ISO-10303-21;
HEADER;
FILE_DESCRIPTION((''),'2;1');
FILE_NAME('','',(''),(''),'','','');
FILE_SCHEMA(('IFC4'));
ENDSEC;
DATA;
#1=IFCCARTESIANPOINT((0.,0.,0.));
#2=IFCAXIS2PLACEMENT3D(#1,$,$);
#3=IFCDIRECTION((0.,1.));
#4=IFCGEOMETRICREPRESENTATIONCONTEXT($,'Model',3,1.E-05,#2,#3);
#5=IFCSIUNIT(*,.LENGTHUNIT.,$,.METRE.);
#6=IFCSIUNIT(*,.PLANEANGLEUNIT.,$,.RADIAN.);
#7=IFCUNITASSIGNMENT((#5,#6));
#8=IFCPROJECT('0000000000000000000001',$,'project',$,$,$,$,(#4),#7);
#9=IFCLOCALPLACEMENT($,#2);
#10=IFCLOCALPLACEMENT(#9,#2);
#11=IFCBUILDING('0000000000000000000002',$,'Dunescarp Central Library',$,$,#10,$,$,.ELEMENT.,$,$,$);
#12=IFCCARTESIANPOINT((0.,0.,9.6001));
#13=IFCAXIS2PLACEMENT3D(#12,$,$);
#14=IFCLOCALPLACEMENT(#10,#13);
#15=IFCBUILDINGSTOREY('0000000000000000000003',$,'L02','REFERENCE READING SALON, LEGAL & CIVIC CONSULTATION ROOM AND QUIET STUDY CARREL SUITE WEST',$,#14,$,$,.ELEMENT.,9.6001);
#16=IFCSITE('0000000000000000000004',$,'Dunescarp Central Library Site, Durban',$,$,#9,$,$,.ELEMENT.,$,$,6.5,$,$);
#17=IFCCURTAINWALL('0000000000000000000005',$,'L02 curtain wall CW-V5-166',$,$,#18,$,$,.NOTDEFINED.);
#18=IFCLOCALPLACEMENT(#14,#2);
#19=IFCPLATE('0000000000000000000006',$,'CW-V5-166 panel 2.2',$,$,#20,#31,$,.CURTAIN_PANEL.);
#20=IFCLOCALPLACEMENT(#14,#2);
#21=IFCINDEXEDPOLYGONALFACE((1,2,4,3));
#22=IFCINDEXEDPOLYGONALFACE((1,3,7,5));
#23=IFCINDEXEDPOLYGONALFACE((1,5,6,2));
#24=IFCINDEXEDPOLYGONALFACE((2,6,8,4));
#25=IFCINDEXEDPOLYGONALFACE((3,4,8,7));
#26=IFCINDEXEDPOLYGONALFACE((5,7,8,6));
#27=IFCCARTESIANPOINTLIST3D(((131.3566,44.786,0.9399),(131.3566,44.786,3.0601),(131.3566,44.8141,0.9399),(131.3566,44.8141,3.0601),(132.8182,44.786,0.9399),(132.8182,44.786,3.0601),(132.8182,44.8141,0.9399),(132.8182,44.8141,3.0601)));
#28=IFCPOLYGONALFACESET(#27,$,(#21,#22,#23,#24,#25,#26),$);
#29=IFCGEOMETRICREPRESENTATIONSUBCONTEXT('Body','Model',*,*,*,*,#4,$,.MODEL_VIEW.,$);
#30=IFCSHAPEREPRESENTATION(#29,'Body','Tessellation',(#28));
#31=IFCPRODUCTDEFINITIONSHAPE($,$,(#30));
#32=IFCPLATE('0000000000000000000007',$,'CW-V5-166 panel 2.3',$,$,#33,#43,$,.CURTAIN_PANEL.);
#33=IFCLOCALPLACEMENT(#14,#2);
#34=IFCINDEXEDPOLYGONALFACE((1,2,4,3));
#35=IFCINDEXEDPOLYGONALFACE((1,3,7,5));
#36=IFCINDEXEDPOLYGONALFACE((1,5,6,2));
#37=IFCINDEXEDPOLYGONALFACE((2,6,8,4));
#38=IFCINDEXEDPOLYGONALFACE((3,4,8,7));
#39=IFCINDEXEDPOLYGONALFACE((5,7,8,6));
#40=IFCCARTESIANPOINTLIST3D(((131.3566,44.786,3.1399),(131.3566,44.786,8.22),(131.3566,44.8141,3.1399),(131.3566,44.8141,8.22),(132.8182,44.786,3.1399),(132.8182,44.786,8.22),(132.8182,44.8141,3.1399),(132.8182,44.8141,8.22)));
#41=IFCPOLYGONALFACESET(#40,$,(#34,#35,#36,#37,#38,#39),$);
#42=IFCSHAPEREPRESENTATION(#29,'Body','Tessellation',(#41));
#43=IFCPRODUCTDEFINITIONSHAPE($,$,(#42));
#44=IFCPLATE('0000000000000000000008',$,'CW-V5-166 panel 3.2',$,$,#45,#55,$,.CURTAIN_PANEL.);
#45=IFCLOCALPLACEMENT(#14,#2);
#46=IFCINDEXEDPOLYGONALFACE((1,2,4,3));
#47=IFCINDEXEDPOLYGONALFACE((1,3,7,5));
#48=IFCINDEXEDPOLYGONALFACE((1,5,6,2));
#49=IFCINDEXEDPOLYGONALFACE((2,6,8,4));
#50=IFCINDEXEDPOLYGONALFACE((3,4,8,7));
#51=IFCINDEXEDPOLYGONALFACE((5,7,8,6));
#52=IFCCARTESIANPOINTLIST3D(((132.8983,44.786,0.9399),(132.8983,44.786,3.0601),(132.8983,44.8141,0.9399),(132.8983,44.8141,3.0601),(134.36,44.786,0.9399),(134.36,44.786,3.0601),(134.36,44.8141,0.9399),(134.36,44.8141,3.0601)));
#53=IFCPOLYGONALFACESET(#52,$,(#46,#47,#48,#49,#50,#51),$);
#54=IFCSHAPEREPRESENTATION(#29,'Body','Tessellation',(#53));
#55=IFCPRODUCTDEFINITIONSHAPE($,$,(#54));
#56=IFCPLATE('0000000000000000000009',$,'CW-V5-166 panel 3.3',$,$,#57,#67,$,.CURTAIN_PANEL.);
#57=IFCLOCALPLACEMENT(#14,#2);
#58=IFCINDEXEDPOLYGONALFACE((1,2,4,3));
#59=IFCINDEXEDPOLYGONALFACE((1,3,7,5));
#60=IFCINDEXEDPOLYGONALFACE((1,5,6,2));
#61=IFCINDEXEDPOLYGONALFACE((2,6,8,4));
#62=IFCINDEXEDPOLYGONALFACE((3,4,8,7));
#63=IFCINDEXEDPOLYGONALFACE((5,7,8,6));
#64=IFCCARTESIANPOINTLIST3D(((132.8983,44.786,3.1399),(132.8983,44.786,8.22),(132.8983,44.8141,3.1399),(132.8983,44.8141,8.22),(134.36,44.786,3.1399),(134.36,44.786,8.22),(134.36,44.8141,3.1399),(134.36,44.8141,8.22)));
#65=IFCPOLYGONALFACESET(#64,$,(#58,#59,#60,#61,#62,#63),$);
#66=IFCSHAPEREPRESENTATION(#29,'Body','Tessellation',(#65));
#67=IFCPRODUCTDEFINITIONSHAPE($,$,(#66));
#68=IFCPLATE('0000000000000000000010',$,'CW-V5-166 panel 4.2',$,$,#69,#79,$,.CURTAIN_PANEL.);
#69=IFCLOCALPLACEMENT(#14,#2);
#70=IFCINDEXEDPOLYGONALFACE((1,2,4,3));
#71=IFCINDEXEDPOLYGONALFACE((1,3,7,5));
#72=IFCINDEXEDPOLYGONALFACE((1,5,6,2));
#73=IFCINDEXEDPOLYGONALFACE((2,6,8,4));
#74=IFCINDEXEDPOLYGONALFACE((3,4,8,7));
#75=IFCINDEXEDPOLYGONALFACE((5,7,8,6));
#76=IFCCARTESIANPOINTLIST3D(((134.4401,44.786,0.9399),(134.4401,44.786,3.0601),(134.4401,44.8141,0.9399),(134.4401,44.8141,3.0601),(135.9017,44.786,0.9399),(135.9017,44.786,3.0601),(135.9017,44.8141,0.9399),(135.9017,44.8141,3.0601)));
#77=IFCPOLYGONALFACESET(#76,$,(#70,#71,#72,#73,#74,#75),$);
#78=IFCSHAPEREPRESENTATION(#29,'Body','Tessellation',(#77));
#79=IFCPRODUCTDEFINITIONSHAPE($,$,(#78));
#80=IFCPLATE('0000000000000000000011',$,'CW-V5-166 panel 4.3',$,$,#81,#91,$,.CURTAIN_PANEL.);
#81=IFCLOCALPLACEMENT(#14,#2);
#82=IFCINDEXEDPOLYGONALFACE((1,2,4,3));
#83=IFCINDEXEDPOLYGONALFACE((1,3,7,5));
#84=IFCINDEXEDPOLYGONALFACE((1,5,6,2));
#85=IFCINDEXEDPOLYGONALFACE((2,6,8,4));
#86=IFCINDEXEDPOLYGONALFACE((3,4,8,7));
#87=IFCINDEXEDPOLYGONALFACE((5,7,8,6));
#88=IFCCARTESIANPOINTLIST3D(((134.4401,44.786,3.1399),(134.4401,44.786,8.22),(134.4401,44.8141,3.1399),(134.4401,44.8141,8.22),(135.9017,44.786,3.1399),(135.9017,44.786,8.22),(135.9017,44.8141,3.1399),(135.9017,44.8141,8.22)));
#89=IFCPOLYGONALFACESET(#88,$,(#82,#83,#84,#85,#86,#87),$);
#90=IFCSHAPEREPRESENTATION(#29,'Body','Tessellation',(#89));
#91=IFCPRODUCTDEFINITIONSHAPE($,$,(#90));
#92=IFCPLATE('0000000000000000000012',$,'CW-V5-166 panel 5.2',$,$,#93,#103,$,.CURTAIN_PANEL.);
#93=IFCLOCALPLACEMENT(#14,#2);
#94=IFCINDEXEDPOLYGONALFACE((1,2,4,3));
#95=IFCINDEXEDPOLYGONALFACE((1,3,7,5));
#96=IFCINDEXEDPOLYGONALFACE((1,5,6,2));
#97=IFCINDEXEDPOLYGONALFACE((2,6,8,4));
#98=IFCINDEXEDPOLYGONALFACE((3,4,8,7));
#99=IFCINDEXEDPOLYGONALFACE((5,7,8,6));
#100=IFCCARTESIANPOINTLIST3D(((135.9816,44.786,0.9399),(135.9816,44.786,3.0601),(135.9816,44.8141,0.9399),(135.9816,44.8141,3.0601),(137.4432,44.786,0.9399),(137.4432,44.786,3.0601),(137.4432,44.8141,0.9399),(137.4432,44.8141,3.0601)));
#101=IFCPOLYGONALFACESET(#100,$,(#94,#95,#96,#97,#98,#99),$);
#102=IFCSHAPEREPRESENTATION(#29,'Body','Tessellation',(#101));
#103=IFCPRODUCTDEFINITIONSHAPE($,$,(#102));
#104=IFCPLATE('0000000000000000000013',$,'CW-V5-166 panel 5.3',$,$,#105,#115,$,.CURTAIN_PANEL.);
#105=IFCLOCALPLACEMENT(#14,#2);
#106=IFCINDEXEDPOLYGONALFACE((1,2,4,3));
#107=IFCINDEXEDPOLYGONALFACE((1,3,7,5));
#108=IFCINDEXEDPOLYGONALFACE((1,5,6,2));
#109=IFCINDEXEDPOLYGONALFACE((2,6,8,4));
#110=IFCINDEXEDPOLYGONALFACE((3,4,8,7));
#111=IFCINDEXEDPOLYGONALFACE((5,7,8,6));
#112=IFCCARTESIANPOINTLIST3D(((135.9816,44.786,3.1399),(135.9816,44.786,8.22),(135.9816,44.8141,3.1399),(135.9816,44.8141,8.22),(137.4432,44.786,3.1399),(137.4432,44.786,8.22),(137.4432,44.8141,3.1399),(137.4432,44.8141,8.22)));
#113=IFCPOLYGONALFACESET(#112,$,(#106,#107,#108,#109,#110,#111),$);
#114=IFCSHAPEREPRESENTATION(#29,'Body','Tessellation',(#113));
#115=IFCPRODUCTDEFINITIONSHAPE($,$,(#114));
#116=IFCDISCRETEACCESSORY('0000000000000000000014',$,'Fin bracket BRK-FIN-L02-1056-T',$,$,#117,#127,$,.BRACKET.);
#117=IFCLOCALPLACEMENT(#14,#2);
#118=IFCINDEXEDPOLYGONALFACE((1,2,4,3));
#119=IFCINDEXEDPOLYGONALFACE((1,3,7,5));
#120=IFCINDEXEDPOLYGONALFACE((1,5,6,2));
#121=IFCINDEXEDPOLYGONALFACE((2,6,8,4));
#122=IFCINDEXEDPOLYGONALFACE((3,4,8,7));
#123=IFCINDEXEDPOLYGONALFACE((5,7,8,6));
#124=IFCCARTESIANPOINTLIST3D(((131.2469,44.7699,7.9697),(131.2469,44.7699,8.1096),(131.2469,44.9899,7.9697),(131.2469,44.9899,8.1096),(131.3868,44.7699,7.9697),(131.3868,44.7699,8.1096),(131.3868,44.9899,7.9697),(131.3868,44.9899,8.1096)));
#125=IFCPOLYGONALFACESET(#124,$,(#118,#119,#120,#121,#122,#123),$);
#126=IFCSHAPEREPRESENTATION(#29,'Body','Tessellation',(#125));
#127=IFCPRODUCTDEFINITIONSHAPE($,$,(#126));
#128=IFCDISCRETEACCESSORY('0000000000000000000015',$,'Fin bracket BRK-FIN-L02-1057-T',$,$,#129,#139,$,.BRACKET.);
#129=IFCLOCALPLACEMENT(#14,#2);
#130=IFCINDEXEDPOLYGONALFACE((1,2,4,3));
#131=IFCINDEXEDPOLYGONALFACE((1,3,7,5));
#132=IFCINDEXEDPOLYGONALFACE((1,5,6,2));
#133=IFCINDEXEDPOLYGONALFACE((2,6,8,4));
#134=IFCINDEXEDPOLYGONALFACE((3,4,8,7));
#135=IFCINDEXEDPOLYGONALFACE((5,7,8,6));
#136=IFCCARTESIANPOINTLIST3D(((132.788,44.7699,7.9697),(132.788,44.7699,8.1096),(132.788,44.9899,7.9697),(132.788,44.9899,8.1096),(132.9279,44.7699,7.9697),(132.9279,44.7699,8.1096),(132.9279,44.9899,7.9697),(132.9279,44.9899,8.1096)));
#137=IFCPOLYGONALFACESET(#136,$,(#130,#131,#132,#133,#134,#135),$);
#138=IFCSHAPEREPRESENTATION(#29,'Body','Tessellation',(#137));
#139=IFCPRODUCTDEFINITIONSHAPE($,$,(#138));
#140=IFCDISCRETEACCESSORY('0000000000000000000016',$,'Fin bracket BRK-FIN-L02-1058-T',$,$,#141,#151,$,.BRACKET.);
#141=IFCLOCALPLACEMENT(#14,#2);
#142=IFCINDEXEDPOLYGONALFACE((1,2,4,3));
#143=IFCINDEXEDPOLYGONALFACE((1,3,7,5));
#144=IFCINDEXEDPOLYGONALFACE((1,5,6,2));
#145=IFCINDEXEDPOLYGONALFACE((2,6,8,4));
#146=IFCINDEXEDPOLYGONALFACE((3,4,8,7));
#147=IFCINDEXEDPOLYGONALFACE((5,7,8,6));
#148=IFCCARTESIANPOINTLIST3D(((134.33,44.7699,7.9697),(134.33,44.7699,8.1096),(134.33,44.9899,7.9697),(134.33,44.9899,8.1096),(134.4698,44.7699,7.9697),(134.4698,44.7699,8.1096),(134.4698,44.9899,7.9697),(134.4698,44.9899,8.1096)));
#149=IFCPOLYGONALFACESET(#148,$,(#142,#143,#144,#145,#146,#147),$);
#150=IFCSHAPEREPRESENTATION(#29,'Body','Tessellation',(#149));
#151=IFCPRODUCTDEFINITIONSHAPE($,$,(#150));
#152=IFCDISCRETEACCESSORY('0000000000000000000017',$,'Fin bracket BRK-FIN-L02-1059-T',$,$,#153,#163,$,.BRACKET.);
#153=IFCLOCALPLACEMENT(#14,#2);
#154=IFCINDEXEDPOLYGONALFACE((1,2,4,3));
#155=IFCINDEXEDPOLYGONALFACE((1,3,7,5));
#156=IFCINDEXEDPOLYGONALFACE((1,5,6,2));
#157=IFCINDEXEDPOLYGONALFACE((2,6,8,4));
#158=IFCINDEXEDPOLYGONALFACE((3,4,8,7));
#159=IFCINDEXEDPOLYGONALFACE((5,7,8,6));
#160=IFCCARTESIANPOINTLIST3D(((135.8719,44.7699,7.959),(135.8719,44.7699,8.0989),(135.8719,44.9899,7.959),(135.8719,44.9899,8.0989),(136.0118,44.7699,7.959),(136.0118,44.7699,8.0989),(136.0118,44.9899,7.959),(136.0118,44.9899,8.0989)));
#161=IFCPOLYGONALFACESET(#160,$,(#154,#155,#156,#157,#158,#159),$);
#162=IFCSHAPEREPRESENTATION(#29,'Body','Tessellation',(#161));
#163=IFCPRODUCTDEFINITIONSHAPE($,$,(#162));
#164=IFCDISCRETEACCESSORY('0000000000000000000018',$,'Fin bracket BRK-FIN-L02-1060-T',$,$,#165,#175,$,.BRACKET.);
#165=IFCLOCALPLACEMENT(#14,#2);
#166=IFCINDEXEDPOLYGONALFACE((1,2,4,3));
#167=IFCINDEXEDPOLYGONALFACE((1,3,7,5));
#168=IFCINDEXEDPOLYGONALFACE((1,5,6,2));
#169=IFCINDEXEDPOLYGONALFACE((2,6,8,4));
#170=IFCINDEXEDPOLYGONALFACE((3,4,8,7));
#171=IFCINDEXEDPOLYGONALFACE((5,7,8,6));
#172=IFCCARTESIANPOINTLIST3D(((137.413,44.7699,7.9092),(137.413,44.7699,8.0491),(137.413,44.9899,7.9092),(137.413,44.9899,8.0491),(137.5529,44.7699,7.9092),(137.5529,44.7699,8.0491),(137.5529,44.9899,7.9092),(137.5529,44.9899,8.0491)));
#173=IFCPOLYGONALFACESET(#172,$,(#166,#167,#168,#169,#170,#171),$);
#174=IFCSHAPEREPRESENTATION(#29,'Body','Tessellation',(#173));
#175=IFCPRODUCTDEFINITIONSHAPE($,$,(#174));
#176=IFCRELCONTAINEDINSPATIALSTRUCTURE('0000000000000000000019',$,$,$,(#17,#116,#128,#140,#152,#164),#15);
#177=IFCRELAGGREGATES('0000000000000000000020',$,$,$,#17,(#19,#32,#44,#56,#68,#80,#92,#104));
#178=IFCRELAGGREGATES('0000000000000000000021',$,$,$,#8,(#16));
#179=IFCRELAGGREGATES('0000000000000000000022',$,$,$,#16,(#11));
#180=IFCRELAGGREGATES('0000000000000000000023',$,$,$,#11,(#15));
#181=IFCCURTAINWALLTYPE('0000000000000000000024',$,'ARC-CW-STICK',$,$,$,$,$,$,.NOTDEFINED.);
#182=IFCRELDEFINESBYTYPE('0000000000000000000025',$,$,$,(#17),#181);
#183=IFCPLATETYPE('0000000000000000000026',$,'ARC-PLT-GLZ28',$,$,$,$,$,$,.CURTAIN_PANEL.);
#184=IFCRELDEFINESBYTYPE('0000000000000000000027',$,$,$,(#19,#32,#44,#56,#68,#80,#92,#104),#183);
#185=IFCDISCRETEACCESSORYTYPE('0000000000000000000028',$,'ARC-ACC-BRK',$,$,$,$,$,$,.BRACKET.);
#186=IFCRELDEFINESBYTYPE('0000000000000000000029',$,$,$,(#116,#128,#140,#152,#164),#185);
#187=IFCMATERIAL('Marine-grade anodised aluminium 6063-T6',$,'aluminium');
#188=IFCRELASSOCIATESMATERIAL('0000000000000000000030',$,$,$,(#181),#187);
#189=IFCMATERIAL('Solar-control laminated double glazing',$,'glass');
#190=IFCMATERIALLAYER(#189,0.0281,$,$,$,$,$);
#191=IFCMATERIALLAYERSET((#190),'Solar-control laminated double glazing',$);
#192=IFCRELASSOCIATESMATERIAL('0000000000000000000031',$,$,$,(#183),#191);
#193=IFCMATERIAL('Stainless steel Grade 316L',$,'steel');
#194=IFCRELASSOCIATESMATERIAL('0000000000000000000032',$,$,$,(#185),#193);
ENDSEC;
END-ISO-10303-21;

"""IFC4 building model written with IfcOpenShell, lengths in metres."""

from ifc_helpers import new_model, si_unit, direction, frame, origin, origin_2d, place, context, subcontext, project, spatial, rectangle, extrude, material, layer, layer_set, type_object, element, aggregate, save


model = new_model("IFC4")

# Units and contexts
model_context = context("Model", 3, precision=1e-05, world=origin(), true_north=direction((0.0, 1.0)))
body_context = subcontext(model_context, "Body", "Model", "MODEL_VIEW")
ifc_project = project(units=[si_unit("LENGTHUNIT", "METRE"), si_unit("PLANEANGLEUNIT", "RADIAN")], contexts=[model_context])

# Site, building, storey
site_placement = place(None, origin())
site = spatial("IfcSite", under=ifc_project, at=site_placement, Name="Dunescarp Central Library Site, Durban", CompositionType="ELEMENT", RefElevation=6.5)
building_placement = place(site_placement, origin())
building = spatial("IfcBuilding", under=site, at=building_placement, Name="Dunescarp Central Library", CompositionType="ELEMENT")
storey_placement = place(building_placement, frame((0.0, 0.0, 9.6001)))
storey = spatial("IfcBuildingStorey", under=building, at=storey_placement, Name="L02", Description="REFERENCE READING SALON, LEGAL & CIVIC CONSULTATION ROOM AND QUIET STUDY CARREL SUITE WEST", CompositionType="ELEMENT", Elevation=9.6001)

# Curtain wall, plates
ifc_material_1 = material(Name="Marine-grade anodised aluminium 6063-T6", Category="aluminium")
curtain_wall_type = type_object("IfcCurtainWallType", Name="ARC-CW-STICK", PredefinedType="NOTDEFINED", material=ifc_material_1)
curtain_wall_placement = place(storey_placement, origin())
curtain_wall = element("IfcCurtainWall", 1, at=curtain_wall_placement, inside=storey, type_object=curtain_wall_type, Name="L02 curtain wall CW-V5-166", PredefinedType="NOTDEFINED")
ifc_material_2 = material(Name="Solar-control laminated double glazing", Category="glass")
ifc_layer = layer(ifc_material_2, 0.0281)
ifc_layer_set = layer_set([ifc_layer], Name="Solar-control laminated double glazing")
plate_type = type_object("IfcPlateType", Name="ARC-PLT-GLZ28", PredefinedType="CURTAIN_PANEL", material=ifc_layer_set)
plate_1_placement = place(storey_placement, frame((132.0874, 44.8, 0.9399), z_axis=(0.0, 0.0, 1.0), x_axis=(1.0, 0.0, 0.0)))
plate_1 = element("IfcPlate", 2, at=plate_1_placement, type_object=plate_type, Name="CW-V5-166 panel 2.2", PredefinedType="CURTAIN_PANEL", context=body_context, shape_type="SweptSolid", body=[
    extrude(rectangle(XDim=1.4617, YDim=0.0281, at=origin_2d()), origin(), (0.0, 0.0, 1.0), 2.1201),
])
plate_2_placement = place(storey_placement, frame((132.0874, 44.8, 3.1399), z_axis=(0.0, 0.0, 1.0), x_axis=(1.0, 0.0, 0.0)))
plate_2 = element("IfcPlate", 3, at=plate_2_placement, type_object=plate_type, Name="CW-V5-166 panel 2.3", PredefinedType="CURTAIN_PANEL", context=body_context, shape_type="SweptSolid", body=[
    extrude(rectangle(XDim=1.4617, YDim=0.0281, at=origin_2d()), origin(), (0.0, 0.0, 1.0), 5.0801),
])
plate_3_placement = place(storey_placement, frame((133.6292, 44.8, 0.9399), z_axis=(0.0, 0.0, 1.0), x_axis=(1.0, 0.0, 0.0)))
plate_3 = element("IfcPlate", 4, at=plate_3_placement, type_object=plate_type, Name="CW-V5-166 panel 3.2", PredefinedType="CURTAIN_PANEL", context=body_context, shape_type="SweptSolid", body=[
    extrude(rectangle(XDim=1.4617, YDim=0.0281, at=origin_2d()), origin(), (0.0, 0.0, 1.0), 2.1201),
])
plate_4_placement = place(storey_placement, frame((133.6292, 44.8, 3.1399), z_axis=(0.0, 0.0, 1.0), x_axis=(1.0, 0.0, 0.0)))
plate_4 = element("IfcPlate", 5, at=plate_4_placement, type_object=plate_type, Name="CW-V5-166 panel 3.3", PredefinedType="CURTAIN_PANEL", context=body_context, shape_type="SweptSolid", body=[
    extrude(rectangle(XDim=1.4617, YDim=0.0281, at=origin_2d()), origin(), (0.0, 0.0, 1.0), 5.0801),
])
plate_5_placement = place(storey_placement, frame((135.1709, 44.8, 0.9399), z_axis=(0.0, 0.0, 1.0), x_axis=(1.0, 0.0, 0.0)))
plate_5 = element("IfcPlate", 6, at=plate_5_placement, type_object=plate_type, Name="CW-V5-166 panel 4.2", PredefinedType="CURTAIN_PANEL", context=body_context, shape_type="SweptSolid", body=[
    extrude(rectangle(XDim=1.4617, YDim=0.0281, at=origin_2d()), origin(), (0.0, 0.0, 1.0), 2.1201),
])
plate_6_placement = place(storey_placement, frame((135.1709, 44.8, 3.1399), z_axis=(0.0, 0.0, 1.0), x_axis=(1.0, 0.0, 0.0)))
plate_6 = element("IfcPlate", 7, at=plate_6_placement, type_object=plate_type, Name="CW-V5-166 panel 4.3", PredefinedType="CURTAIN_PANEL", context=body_context, shape_type="SweptSolid", body=[
    extrude(rectangle(XDim=1.4617, YDim=0.0281, at=origin_2d()), origin(), (0.0, 0.0, 1.0), 5.0801),
])
plate_7_placement = place(storey_placement, frame((136.7124, 44.8, 0.9399), z_axis=(0.0, 0.0, 1.0), x_axis=(1.0, 0.0, 0.0)))
plate_7 = element("IfcPlate", 8, at=plate_7_placement, type_object=plate_type, Name="CW-V5-166 panel 5.2", PredefinedType="CURTAIN_PANEL", context=body_context, shape_type="SweptSolid", body=[
    extrude(rectangle(XDim=1.4617, YDim=0.0281, at=origin_2d()), origin(), (0.0, 0.0, 1.0), 2.1201),
])
plate_8_placement = place(storey_placement, frame((136.7124, 44.8, 3.1399), z_axis=(0.0, 0.0, 1.0), x_axis=(1.0, 0.0, 0.0)))
plate_8 = element("IfcPlate", 9, at=plate_8_placement, type_object=plate_type, Name="CW-V5-166 panel 5.3", PredefinedType="CURTAIN_PANEL", context=body_context, shape_type="SweptSolid", body=[
    extrude(rectangle(XDim=1.4617, YDim=0.0281, at=origin_2d()), origin(), (0.0, 0.0, 1.0), 5.0801),
])
aggregate(curtain_wall, [plate_1, plate_2, plate_3, plate_4, plate_5, plate_6, plate_7, plate_8])

# Discrete accessories
ifc_material_3 = material(Name="Stainless steel Grade 316L", Category="steel")
discrete_accessory_type = type_object("IfcDiscreteAccessoryType", Name="ARC-ACC-BRK", PredefinedType="BRACKET", material=ifc_material_3)
for number, where, z_axis, x_axis, name in (
    (10, (131.3169, 44.8799, 7.9697), (0.0, 0.0, 1.0), (0.0, 1.0, 0.0), "Fin bracket BRK-FIN-L02-1056-T"),
    (11, (132.8579, 44.8799, 7.9697), (0.0, 0.0, 1.0), (0.0, 1.0, 0.0), "Fin bracket BRK-FIN-L02-1057-T"),
    (12, (134.3999, 44.8799, 7.9697), (0.0, 0.0, 1.0), (0.0, 1.0, 0.0), "Fin bracket BRK-FIN-L02-1058-T"),
    (13, (135.9419, 44.8799, 7.959), (0.0, 0.0, 1.0), (0.0, 1.0, 0.0), "Fin bracket BRK-FIN-L02-1059-T"),
    (14, (137.4829, 44.8799, 7.9092), (0.0, 0.0, 1.0), (0.0, 1.0, 0.0), "Fin bracket BRK-FIN-L02-1060-T"),
):
    element("IfcDiscreteAccessory", number, at=place(storey_placement, frame(where, z_axis=z_axis, x_axis=x_axis)), inside=storey, type_object=discrete_accessory_type, Name=name, PredefinedType="BRACKET", context=body_context, shape_type="SweptSolid", body=[
        extrude(rectangle(XDim=0.22, YDim=0.1399, at=origin_2d()), origin(), (0.0, 0.0, 1.0), 0.1399),
    ])

save(model, "model.ifc")
